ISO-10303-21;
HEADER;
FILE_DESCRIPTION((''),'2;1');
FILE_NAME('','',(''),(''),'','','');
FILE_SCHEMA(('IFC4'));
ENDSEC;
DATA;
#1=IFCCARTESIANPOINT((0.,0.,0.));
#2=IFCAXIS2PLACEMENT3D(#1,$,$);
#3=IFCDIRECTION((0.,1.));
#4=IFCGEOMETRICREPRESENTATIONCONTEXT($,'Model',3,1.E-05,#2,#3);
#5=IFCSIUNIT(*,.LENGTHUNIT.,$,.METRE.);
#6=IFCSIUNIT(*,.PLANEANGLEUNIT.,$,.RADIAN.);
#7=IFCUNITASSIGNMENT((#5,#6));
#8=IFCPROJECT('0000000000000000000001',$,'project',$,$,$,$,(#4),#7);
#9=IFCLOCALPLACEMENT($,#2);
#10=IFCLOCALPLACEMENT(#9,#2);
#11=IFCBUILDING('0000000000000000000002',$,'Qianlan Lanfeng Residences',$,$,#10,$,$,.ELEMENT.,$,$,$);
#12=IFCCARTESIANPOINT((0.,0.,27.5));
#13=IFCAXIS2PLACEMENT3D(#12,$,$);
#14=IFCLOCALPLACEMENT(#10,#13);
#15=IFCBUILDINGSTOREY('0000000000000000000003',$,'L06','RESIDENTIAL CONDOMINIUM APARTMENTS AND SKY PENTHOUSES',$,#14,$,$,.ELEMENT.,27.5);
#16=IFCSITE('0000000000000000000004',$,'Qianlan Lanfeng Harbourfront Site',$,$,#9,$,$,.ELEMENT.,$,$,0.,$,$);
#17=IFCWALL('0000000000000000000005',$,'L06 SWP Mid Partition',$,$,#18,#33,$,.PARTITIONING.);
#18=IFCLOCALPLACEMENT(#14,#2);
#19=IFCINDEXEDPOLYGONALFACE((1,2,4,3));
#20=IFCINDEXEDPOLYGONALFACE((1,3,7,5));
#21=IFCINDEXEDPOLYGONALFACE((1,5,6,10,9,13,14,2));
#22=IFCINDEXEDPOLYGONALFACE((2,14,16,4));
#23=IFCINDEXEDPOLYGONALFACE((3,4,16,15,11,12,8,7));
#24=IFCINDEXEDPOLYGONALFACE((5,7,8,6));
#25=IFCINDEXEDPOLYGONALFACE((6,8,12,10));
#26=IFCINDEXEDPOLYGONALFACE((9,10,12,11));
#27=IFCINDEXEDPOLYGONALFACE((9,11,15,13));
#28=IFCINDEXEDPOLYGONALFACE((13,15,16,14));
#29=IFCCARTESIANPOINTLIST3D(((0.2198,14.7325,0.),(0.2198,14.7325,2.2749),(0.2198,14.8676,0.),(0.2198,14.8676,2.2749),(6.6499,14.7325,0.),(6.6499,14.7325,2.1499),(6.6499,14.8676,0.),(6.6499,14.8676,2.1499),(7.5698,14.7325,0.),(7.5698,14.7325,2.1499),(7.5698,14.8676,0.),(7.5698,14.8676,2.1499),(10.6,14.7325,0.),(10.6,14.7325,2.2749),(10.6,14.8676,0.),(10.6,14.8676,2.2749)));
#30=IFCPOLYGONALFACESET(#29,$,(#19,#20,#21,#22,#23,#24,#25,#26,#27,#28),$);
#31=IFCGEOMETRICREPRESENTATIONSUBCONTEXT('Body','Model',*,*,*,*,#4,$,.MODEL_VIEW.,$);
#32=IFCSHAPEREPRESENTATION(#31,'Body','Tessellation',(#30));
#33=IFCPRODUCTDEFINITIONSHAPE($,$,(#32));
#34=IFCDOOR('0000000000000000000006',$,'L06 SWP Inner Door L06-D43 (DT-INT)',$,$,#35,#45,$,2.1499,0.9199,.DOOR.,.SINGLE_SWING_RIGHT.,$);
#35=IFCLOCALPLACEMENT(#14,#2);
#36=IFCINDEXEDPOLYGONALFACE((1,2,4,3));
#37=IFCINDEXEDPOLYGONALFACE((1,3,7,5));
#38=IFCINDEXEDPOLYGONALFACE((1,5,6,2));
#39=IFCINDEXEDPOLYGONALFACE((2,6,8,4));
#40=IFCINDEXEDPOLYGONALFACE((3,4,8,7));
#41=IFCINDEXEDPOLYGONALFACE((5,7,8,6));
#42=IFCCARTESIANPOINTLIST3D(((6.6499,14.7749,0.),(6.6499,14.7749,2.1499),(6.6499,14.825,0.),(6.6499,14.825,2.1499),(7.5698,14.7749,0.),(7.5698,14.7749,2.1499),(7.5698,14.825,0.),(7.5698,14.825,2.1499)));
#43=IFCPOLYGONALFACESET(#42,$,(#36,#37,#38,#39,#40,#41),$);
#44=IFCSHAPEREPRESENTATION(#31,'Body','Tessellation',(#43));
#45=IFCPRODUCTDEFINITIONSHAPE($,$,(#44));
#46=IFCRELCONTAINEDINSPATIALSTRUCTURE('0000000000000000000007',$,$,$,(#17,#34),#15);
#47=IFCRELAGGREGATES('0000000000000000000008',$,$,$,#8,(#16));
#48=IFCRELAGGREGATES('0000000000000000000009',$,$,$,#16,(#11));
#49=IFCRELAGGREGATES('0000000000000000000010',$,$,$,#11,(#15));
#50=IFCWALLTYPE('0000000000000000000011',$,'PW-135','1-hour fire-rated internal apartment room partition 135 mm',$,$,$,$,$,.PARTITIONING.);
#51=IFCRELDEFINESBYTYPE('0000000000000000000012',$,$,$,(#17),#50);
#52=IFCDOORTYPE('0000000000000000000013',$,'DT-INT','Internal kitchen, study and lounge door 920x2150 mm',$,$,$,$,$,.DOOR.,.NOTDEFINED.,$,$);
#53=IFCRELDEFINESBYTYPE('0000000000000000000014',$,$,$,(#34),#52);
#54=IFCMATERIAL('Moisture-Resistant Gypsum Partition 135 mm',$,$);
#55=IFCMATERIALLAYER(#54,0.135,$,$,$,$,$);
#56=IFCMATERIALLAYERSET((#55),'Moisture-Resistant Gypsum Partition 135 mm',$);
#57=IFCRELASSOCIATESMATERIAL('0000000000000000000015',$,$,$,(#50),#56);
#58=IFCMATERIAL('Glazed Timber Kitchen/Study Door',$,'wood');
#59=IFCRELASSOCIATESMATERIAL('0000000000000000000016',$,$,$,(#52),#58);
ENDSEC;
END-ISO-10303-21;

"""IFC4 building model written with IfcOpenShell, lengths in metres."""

from ifc_helpers import new_model, si_unit, direction, frame, frame_2d, origin, place, context, subcontext, project, spatial, rectangle, extrude, material, layer, layer_set, type_object, element, fill, save


model = new_model("IFC4")

# Units and contexts
model_context = context("Model", 3, precision=1e-05, world=origin(), true_north=direction((0.0, 1.0)))
body_context = subcontext(model_context, "Body", "Model", "MODEL_VIEW")
ifc_project = project(units=[si_unit("LENGTHUNIT", "METRE"), si_unit("PLANEANGLEUNIT", "RADIAN")], contexts=[model_context])

# Site, building, storey
site_placement = place(None, origin())
site = spatial("IfcSite", under=ifc_project, at=site_placement, Name="Qianlan Lanfeng Harbourfront Site", CompositionType="ELEMENT", RefElevation=0.0)
building_placement = place(site_placement, origin())
building = spatial("IfcBuilding", under=site, at=building_placement, Name="Qianlan Lanfeng Residences", CompositionType="ELEMENT")
storey_placement = place(building_placement, frame((0.0, 0.0, 27.5)))
storey = spatial("IfcBuildingStorey", under=building, at=storey_placement, Name="L06", Description="RESIDENTIAL CONDOMINIUM APARTMENTS AND SKY PENTHOUSES", CompositionType="ELEMENT", Elevation=27.5)

# Wall, opening, door
ifc_material_1 = material(Name="Moisture-Resistant Gypsum Partition 135 mm")
ifc_layer = layer(ifc_material_1, 0.135)
ifc_layer_set = layer_set([ifc_layer], Name="Moisture-Resistant Gypsum Partition 135 mm")
wall_type = type_object("IfcWallType", Name="PW-135", Description="1-hour fire-rated internal apartment room partition 135 mm", PredefinedType="PARTITIONING", material=ifc_layer_set)
ifc_material_2 = material(Name="Glazed Timber Kitchen/Study Door", Category="wood")
door_type = type_object("IfcDoorType", Name="DT-INT", Description="Internal kitchen, study and lounge door 920x2150 mm", OperationType="NOTDEFINED", PredefinedType="DOOR", material=ifc_material_2)
wall_1_placement = place(storey_placement, frame((0.22, 14.8, 0.0), z_axis=(0.0, 0.0, 1.0), x_axis=(1.0, 0.0, 0.0)))
wall_1 = element("IfcWall", 1, at=wall_1_placement, inside=storey, type_object=wall_type, Name="L06 SWP Mid Partition", PredefinedType="PARTITIONING", context=body_context, shape_type="SweptSolid", body=[
    extrude(rectangle(XDim=10.3801, YDim=0.135, at=frame_2d((5.1899, 0.0))), origin(), (0.0, 0.0, 1.0), 2.2749),
])
opening_1_placement = place(wall_1_placement, frame((6.4299, 0.0, 0.0)))
opening_1 = element("IfcOpeningElement", 2, at=opening_1_placement, cuts=wall_1, PredefinedType="OPENING", context=body_context, shape_type="SweptSolid", body=[
    extrude(rectangle(XDim=0.9199, YDim=2.1499, at=frame_2d((0.46, 1.075))), frame((0.0, 0.0776, 0.0), z_axis=(0.0, -1.0, 0.0), x_axis=(1.0, 0.0, 0.0)), (0.0, 0.0, 1.0), 0.155),
])
door_1_placement = place(opening_1_placement, origin())
door_1 = element("IfcDoor", 3, at=door_1_placement, inside=storey, type_object=door_type, Name="L06 SWP Inner Door L06-D43 (DT-INT)", OperationType="SINGLE_SWING_RIGHT", OverallHeight=2.1499, OverallWidth=0.9199, PredefinedType="DOOR", context=body_context, shape_type="SweptSolid", body=[
    extrude(rectangle(XDim=0.9199, YDim=2.1499, at=frame_2d((0.46, 1.075))), frame((0.0, 0.0249, 0.0), z_axis=(0.0, -1.0, 0.0), x_axis=(1.0, 0.0, 0.0)), (0.0, 0.0, 1.0), 0.05),
])
fill(opening_1, door_1)

save(model, "model.ifc")
